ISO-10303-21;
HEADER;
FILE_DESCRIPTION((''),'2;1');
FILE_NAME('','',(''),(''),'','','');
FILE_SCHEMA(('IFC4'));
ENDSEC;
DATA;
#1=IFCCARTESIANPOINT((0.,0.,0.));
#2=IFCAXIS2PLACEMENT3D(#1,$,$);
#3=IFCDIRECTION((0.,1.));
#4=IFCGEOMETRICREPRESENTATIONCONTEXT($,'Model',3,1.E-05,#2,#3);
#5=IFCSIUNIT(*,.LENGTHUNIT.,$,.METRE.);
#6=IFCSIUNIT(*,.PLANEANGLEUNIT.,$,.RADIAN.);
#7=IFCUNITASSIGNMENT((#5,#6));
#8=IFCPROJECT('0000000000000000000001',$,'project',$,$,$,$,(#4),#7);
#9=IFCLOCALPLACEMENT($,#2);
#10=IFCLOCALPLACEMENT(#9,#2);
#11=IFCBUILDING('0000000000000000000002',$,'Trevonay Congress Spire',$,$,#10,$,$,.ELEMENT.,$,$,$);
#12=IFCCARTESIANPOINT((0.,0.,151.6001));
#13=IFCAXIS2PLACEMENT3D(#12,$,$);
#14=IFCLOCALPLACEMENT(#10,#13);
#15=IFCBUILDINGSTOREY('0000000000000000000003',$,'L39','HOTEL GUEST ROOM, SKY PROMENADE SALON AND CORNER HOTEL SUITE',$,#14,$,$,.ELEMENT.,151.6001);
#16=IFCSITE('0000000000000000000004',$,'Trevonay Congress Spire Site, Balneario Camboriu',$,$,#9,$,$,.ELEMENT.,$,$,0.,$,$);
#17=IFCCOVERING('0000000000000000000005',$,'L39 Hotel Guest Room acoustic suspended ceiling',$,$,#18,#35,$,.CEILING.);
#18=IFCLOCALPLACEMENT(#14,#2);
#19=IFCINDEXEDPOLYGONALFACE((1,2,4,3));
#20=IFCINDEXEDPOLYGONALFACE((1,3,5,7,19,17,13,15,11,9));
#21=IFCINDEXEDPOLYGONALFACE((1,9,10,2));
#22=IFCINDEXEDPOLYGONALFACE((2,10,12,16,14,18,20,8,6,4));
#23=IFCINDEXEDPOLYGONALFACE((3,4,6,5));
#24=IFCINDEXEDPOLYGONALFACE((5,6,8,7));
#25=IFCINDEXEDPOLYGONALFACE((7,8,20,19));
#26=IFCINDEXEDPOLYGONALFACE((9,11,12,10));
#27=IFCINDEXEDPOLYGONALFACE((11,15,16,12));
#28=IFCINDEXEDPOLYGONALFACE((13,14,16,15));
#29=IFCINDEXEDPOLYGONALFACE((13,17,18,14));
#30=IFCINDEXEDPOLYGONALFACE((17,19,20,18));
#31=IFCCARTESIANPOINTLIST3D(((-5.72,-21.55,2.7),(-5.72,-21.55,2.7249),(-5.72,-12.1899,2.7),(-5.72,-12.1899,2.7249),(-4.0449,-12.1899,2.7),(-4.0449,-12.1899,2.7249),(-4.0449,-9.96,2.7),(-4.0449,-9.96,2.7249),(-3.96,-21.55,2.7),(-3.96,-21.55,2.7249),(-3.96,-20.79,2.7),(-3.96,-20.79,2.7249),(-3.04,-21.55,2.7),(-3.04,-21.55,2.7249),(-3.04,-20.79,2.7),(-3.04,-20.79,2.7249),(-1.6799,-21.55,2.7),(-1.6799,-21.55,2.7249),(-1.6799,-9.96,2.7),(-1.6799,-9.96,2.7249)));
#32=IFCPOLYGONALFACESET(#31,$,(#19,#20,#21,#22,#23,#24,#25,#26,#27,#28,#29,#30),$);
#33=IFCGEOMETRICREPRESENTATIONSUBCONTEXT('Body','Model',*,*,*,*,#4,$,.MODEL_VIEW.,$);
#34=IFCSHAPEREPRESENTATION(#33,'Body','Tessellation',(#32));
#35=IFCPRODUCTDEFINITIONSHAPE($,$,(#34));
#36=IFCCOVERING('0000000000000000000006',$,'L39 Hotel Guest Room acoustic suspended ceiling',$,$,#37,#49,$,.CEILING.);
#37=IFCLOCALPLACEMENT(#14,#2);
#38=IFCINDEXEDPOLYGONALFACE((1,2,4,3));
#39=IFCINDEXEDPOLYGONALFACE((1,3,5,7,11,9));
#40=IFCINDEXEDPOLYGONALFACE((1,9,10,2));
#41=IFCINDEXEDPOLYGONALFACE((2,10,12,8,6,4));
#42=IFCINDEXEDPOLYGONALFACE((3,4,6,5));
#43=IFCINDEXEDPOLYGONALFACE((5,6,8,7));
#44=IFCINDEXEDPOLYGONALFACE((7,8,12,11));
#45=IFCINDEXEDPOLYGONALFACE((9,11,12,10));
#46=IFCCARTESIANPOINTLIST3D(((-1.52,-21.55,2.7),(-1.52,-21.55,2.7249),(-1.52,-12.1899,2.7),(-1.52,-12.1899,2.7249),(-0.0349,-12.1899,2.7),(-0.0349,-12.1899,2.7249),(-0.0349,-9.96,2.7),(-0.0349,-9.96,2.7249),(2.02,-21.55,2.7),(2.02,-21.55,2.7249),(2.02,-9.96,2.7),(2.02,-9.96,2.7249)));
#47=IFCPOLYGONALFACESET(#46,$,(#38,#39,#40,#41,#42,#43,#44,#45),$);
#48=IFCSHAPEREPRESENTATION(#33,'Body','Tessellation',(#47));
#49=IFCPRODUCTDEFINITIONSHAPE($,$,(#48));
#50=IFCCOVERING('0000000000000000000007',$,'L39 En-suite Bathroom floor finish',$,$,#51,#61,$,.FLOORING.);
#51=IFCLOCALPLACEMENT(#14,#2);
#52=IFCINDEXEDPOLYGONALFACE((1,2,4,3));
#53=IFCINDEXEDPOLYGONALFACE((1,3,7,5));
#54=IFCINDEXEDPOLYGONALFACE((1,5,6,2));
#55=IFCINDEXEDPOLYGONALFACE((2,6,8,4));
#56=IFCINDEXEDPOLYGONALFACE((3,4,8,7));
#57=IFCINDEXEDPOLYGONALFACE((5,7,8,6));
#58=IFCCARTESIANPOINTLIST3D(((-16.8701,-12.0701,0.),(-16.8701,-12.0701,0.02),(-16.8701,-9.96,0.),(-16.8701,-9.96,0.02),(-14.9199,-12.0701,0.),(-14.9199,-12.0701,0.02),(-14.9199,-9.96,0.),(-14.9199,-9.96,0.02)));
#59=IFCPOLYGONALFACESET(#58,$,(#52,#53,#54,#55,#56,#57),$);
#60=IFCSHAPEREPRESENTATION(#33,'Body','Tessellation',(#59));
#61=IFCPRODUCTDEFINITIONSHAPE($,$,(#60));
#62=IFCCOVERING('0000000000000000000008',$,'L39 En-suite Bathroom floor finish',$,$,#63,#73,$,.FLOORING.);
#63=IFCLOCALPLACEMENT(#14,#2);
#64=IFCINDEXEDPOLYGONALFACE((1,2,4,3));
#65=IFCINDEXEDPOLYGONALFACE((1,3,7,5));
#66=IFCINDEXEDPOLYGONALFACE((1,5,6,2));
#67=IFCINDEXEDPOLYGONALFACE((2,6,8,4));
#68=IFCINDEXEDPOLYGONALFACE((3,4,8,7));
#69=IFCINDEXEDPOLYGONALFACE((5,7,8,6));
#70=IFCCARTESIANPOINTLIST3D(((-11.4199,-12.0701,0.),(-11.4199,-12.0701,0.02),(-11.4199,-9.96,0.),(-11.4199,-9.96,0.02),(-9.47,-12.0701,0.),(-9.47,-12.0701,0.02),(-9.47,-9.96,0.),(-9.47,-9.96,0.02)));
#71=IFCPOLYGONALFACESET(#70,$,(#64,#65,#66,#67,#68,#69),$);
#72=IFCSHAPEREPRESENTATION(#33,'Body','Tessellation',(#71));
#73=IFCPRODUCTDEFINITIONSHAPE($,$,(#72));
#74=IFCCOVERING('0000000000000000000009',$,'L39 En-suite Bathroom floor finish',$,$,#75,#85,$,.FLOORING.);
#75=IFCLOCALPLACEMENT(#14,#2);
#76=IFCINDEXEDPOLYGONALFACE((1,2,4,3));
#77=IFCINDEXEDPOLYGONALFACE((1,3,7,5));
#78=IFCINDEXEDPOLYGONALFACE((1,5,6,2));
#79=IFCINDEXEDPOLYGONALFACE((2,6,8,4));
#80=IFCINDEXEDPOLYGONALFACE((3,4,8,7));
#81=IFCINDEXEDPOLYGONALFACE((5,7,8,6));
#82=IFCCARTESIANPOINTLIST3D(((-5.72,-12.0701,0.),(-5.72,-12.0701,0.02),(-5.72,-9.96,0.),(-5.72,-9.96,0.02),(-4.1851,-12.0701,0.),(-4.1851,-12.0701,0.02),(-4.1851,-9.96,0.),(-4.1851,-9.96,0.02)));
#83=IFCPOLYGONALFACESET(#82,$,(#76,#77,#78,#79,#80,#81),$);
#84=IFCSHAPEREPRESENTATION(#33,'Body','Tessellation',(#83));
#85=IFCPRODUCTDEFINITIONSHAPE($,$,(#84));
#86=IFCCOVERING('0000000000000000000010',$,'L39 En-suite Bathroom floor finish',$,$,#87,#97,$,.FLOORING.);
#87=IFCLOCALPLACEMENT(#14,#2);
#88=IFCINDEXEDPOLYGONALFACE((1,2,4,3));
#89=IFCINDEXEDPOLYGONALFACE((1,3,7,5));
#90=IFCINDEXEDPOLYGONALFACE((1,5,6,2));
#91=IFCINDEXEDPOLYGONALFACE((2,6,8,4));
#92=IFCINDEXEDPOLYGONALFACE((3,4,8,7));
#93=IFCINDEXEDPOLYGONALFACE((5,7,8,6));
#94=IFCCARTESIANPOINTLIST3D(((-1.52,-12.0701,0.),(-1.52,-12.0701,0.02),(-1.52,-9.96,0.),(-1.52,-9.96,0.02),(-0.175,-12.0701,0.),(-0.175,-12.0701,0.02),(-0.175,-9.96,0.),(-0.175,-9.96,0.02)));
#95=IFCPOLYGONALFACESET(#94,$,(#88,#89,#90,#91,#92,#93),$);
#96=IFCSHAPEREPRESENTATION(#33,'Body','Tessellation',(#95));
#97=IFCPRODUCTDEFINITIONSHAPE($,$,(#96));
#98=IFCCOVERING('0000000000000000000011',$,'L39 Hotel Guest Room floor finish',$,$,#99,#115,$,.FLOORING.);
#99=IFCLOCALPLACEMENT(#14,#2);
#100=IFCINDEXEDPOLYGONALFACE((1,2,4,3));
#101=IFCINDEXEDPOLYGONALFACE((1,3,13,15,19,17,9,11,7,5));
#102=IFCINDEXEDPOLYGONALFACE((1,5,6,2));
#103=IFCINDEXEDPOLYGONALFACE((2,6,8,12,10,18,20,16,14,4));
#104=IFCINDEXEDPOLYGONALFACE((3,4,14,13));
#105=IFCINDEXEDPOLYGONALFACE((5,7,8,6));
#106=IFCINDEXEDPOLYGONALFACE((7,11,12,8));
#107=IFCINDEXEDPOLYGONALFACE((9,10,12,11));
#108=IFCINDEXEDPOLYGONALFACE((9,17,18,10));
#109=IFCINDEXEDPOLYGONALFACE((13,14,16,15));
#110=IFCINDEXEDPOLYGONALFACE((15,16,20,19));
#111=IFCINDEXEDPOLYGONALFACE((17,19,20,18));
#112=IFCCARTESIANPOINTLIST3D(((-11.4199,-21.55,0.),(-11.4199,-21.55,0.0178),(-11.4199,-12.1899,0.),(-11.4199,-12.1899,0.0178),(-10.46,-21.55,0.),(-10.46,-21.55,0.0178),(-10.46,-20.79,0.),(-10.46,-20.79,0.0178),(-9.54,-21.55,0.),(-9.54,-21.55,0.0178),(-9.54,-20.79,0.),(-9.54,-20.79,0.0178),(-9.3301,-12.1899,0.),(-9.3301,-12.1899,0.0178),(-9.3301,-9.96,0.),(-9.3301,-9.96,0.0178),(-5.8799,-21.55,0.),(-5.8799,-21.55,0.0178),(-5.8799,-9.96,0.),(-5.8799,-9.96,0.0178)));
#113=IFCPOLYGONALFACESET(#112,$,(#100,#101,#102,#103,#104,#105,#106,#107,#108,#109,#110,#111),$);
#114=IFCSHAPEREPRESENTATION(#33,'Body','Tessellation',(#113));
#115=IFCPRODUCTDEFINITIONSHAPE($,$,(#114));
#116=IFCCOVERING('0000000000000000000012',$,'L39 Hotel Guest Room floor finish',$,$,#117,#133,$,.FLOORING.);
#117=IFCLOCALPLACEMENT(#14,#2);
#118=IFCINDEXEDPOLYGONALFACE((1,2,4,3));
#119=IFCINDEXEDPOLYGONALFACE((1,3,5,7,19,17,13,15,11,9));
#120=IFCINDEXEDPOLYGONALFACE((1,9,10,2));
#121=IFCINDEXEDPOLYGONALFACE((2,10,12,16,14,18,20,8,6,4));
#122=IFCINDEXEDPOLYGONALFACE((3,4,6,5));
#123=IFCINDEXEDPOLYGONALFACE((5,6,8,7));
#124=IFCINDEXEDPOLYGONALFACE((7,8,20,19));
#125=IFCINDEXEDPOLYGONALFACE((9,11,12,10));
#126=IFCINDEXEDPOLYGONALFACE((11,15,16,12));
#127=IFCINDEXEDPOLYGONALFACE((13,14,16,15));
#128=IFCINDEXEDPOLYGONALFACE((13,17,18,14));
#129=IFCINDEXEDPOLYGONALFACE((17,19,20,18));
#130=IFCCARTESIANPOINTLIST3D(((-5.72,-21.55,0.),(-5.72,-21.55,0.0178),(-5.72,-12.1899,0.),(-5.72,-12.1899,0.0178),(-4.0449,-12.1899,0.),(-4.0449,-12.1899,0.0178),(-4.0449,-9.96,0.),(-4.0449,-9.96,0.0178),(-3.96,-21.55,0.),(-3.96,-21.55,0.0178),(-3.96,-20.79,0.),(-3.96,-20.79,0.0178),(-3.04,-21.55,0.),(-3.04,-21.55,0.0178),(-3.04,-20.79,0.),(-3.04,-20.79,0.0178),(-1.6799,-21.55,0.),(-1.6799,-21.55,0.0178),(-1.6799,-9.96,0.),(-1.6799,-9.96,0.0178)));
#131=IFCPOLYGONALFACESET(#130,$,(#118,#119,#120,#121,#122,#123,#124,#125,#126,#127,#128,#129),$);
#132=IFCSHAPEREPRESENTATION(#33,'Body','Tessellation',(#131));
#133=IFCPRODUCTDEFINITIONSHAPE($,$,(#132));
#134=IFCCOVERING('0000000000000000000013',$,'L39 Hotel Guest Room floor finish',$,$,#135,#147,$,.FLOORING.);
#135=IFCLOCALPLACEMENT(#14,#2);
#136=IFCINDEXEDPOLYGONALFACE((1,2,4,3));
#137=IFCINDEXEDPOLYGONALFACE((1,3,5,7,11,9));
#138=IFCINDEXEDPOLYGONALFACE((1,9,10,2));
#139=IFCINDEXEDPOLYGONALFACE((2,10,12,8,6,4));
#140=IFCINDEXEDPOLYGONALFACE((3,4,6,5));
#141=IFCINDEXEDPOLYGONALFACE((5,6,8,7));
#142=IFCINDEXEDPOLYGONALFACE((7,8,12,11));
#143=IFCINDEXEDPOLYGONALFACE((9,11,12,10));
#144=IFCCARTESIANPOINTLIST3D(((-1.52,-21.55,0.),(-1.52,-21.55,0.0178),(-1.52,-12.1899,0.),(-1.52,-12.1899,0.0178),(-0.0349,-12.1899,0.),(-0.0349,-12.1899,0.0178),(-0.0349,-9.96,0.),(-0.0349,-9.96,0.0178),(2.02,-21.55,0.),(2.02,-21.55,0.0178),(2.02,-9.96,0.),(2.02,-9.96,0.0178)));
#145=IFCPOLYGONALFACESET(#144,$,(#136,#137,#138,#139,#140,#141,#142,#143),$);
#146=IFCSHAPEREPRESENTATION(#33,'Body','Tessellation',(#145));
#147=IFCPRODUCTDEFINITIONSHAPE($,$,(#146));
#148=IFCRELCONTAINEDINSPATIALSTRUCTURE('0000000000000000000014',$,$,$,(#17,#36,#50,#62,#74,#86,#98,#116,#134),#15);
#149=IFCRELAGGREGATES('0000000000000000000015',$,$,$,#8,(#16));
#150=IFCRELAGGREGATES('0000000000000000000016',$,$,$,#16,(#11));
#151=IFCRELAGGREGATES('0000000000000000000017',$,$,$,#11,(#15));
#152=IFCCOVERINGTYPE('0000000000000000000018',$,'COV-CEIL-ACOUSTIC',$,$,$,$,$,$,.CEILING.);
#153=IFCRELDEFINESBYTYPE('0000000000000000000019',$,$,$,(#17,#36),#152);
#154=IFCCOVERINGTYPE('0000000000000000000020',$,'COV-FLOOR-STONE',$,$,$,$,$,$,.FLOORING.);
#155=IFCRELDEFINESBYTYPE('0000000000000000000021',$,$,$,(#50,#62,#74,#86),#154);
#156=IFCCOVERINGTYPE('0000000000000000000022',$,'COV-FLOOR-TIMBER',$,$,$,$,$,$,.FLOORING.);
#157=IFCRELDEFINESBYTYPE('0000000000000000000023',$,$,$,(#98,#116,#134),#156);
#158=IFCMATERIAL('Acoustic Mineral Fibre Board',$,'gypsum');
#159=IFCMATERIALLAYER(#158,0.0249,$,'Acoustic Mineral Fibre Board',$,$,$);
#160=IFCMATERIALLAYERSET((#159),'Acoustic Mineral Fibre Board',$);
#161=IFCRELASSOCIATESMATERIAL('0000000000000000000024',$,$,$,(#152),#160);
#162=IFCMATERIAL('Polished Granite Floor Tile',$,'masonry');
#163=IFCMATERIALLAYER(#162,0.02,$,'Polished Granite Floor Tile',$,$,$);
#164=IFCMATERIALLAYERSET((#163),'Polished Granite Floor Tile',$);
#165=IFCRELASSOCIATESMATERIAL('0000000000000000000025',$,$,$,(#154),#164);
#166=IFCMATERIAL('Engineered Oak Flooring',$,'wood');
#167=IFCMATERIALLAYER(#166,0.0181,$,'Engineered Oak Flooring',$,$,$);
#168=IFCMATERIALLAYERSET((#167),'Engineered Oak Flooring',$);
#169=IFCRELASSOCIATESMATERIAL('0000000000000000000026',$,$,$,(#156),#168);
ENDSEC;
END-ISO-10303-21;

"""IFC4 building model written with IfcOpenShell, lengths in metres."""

from ifc_helpers import new_model, si_unit, direction, frame, origin, place, context, subcontext, project, spatial, polyline, outline, extrude, material, layer, layer_set, type_object, element, save


model = new_model("IFC4")

# Units and contexts
model_context = context("Model", 3, precision=1e-05, world=origin(), true_north=direction((0.0, 1.0)))
body_context = subcontext(model_context, "Body", "Model", "MODEL_VIEW")
ifc_project = project(units=[si_unit("LENGTHUNIT", "METRE"), si_unit("PLANEANGLEUNIT", "RADIAN")], contexts=[model_context])

# Site, building, storey
site_placement = place(None, origin())
site = spatial("IfcSite", under=ifc_project, at=site_placement, Name="Trevonay Congress Spire Site, Balneario Camboriu", CompositionType="ELEMENT", RefElevation=0.0)
building_placement = place(site_placement, origin())
building = spatial("IfcBuilding", under=site, at=building_placement, Name="Trevonay Congress Spire", CompositionType="ELEMENT")
storey_placement = place(building_placement, frame((0.0, 0.0, 151.6001)))
storey = spatial("IfcBuildingStorey", under=building, at=storey_placement, Name="L39", Description="HOTEL GUEST ROOM, SKY PROMENADE SALON AND CORNER HOTEL SUITE", CompositionType="ELEMENT", Elevation=151.6001)

# Coverings
ifc_material_1 = material(Name="Acoustic Mineral Fibre Board", Category="gypsum")
ifc_layer_1 = layer(ifc_material_1, 0.0249, Name="Acoustic Mineral Fibre Board")
ifc_layer_set_1 = layer_set([ifc_layer_1], Name="Acoustic Mineral Fibre Board")
covering_type_1 = type_object("IfcCoveringType", Name="COV-CEIL-ACOUSTIC", PredefinedType="CEILING", material=ifc_layer_set_1)
covering_1_placement = place(storey_placement, frame((0.0, 0.0, 2.7)))
element("IfcCovering", 1, at=covering_1_placement, inside=storey, type_object=covering_type_1, Name="L39 Hotel Guest Room acoustic suspended ceiling", PredefinedType="CEILING", context=body_context, shape_type="SweptSolid", body=[
    extrude(outline(polyline([(-5.72, -21.55), (-5.72, -12.1899), (-4.0449, -12.1899), (-4.0449, -9.96), (-1.6799, -9.96), (-1.6799, -21.55), (-3.04, -21.55), (-3.04, -20.79), (-3.96, -20.79), (-3.96, -21.55), (-5.72, -21.55)])), origin(), (0.0, 0.0, 1.0), 0.0249),
])
covering_2_placement = place(storey_placement, frame((0.0, 0.0, 2.7)))
element("IfcCovering", 2, at=covering_2_placement, inside=storey, type_object=covering_type_1, Name="L39 Hotel Guest Room acoustic suspended ceiling", PredefinedType="CEILING", context=body_context, shape_type="SweptSolid", body=[
    extrude(outline(polyline([(-1.52, -21.55), (2.02, -21.55), (2.02, -9.96), (-0.0349, -9.96), (-0.0349, -12.1899), (-1.52, -12.1899), (-1.52, -21.55)])), origin(), (0.0, 0.0, 1.0), 0.0249),
])
ifc_material_2 = material(Name="Polished Granite Floor Tile", Category="masonry")
ifc_layer_2 = layer(ifc_material_2, 0.02, Name="Polished Granite Floor Tile")
ifc_layer_set_2 = layer_set([ifc_layer_2], Name="Polished Granite Floor Tile")
covering_type_2 = type_object("IfcCoveringType", Name="COV-FLOOR-STONE", PredefinedType="FLOORING", material=ifc_layer_set_2)
covering_3_placement = place(storey_placement, origin())
element("IfcCovering", 3, at=covering_3_placement, inside=storey, type_object=covering_type_2, Name="L39 En-suite Bathroom floor finish", PredefinedType="FLOORING", context=body_context, shape_type="SweptSolid", body=[
    extrude(outline(polyline([(-16.8701, -12.0701), (-14.9199, -12.0701), (-14.9199, -9.96), (-16.8701, -9.96), (-16.8701, -12.0701)])), origin(), (0.0, 0.0, 1.0), 0.02),
])
covering_4_placement = place(storey_placement, origin())
element("IfcCovering", 4, at=covering_4_placement, inside=storey, type_object=covering_type_2, Name="L39 En-suite Bathroom floor finish", PredefinedType="FLOORING", context=body_context, shape_type="SweptSolid", body=[
    extrude(outline(polyline([(-11.4199, -12.0701), (-9.47, -12.0701), (-9.47, -9.96), (-11.4199, -9.96), (-11.4199, -12.0701)])), origin(), (0.0, 0.0, 1.0), 0.02),
])
covering_5_placement = place(storey_placement, origin())
element("IfcCovering", 5, at=covering_5_placement, inside=storey, type_object=covering_type_2, Name="L39 En-suite Bathroom floor finish", PredefinedType="FLOORING", context=body_context, shape_type="SweptSolid", body=[
    extrude(outline(polyline([(-5.72, -12.0701), (-4.1851, -12.0701), (-4.1851, -9.96), (-5.72, -9.96), (-5.72, -12.0701)])), origin(), (0.0, 0.0, 1.0), 0.02),
])
covering_6_placement = place(storey_placement, origin())
element("IfcCovering", 6, at=covering_6_placement, inside=storey, type_object=covering_type_2, Name="L39 En-suite Bathroom floor finish", PredefinedType="FLOORING", context=body_context, shape_type="SweptSolid", body=[
    extrude(outline(polyline([(-1.52, -12.0701), (-0.175, -12.0701), (-0.175, -9.96), (-1.52, -9.96), (-1.52, -12.0701)])), origin(), (0.0, 0.0, 1.0), 0.02),
])
ifc_material_3 = material(Name="Engineered Oak Flooring", Category="wood")
ifc_layer_3 = layer(ifc_material_3, 0.0181, Name="Engineered Oak Flooring")
ifc_layer_set_3 = layer_set([ifc_layer_3], Name="Engineered Oak Flooring")
covering_type_3 = type_object("IfcCoveringType", Name="COV-FLOOR-TIMBER", PredefinedType="FLOORING", material=ifc_layer_set_3)
covering_7_placement = place(storey_placement, origin())
element("IfcCovering", 7, at=covering_7_placement, inside=storey, type_object=covering_type_3, Name="L39 Hotel Guest Room floor finish", PredefinedType="FLOORING", context=body_context, shape_type="SweptSolid", body=[
    extrude(outline(polyline([(-11.4199, -21.55), (-11.4199, -12.1899), (-9.3301, -12.1899), (-9.3301, -9.96), (-5.8799, -9.96), (-5.8799, -21.55), (-9.54, -21.55), (-9.54, -20.79), (-10.46, -20.79), (-10.46, -21.55), (-11.4199, -21.55)])), origin(), (0.0, 0.0, 1.0), 0.0178),
])
covering_8_placement = place(storey_placement, origin())
element("IfcCovering", 8, at=covering_8_placement, inside=storey, type_object=covering_type_3, Name="L39 Hotel Guest Room floor finish", PredefinedType="FLOORING", context=body_context, shape_type="SweptSolid", body=[
    extrude(outline(polyline([(-5.72, -21.55), (-5.72, -12.1899), (-4.0449, -12.1899), (-4.0449, -9.96), (-1.6799, -9.96), (-1.6799, -21.55), (-3.04, -21.55), (-3.04, -20.79), (-3.96, -20.79), (-3.96, -21.55), (-5.72, -21.55)])), origin(), (0.0, 0.0, 1.0), 0.0178),
])
covering_9_placement = place(storey_placement, origin())
element("IfcCovering", 9, at=covering_9_placement, inside=storey, type_object=covering_type_3, Name="L39 Hotel Guest Room floor finish", PredefinedType="FLOORING", context=body_context, shape_type="SweptSolid", body=[
    extrude(outline(polyline([(-1.52, -21.55), (2.02, -21.55), (2.02, -9.96), (-0.0349, -9.96), (-0.0349, -12.1899), (-1.52, -12.1899), (-1.52, -21.55)])), origin(), (0.0, 0.0, 1.0), 0.0178),
])

save(model, "model.ifc")
